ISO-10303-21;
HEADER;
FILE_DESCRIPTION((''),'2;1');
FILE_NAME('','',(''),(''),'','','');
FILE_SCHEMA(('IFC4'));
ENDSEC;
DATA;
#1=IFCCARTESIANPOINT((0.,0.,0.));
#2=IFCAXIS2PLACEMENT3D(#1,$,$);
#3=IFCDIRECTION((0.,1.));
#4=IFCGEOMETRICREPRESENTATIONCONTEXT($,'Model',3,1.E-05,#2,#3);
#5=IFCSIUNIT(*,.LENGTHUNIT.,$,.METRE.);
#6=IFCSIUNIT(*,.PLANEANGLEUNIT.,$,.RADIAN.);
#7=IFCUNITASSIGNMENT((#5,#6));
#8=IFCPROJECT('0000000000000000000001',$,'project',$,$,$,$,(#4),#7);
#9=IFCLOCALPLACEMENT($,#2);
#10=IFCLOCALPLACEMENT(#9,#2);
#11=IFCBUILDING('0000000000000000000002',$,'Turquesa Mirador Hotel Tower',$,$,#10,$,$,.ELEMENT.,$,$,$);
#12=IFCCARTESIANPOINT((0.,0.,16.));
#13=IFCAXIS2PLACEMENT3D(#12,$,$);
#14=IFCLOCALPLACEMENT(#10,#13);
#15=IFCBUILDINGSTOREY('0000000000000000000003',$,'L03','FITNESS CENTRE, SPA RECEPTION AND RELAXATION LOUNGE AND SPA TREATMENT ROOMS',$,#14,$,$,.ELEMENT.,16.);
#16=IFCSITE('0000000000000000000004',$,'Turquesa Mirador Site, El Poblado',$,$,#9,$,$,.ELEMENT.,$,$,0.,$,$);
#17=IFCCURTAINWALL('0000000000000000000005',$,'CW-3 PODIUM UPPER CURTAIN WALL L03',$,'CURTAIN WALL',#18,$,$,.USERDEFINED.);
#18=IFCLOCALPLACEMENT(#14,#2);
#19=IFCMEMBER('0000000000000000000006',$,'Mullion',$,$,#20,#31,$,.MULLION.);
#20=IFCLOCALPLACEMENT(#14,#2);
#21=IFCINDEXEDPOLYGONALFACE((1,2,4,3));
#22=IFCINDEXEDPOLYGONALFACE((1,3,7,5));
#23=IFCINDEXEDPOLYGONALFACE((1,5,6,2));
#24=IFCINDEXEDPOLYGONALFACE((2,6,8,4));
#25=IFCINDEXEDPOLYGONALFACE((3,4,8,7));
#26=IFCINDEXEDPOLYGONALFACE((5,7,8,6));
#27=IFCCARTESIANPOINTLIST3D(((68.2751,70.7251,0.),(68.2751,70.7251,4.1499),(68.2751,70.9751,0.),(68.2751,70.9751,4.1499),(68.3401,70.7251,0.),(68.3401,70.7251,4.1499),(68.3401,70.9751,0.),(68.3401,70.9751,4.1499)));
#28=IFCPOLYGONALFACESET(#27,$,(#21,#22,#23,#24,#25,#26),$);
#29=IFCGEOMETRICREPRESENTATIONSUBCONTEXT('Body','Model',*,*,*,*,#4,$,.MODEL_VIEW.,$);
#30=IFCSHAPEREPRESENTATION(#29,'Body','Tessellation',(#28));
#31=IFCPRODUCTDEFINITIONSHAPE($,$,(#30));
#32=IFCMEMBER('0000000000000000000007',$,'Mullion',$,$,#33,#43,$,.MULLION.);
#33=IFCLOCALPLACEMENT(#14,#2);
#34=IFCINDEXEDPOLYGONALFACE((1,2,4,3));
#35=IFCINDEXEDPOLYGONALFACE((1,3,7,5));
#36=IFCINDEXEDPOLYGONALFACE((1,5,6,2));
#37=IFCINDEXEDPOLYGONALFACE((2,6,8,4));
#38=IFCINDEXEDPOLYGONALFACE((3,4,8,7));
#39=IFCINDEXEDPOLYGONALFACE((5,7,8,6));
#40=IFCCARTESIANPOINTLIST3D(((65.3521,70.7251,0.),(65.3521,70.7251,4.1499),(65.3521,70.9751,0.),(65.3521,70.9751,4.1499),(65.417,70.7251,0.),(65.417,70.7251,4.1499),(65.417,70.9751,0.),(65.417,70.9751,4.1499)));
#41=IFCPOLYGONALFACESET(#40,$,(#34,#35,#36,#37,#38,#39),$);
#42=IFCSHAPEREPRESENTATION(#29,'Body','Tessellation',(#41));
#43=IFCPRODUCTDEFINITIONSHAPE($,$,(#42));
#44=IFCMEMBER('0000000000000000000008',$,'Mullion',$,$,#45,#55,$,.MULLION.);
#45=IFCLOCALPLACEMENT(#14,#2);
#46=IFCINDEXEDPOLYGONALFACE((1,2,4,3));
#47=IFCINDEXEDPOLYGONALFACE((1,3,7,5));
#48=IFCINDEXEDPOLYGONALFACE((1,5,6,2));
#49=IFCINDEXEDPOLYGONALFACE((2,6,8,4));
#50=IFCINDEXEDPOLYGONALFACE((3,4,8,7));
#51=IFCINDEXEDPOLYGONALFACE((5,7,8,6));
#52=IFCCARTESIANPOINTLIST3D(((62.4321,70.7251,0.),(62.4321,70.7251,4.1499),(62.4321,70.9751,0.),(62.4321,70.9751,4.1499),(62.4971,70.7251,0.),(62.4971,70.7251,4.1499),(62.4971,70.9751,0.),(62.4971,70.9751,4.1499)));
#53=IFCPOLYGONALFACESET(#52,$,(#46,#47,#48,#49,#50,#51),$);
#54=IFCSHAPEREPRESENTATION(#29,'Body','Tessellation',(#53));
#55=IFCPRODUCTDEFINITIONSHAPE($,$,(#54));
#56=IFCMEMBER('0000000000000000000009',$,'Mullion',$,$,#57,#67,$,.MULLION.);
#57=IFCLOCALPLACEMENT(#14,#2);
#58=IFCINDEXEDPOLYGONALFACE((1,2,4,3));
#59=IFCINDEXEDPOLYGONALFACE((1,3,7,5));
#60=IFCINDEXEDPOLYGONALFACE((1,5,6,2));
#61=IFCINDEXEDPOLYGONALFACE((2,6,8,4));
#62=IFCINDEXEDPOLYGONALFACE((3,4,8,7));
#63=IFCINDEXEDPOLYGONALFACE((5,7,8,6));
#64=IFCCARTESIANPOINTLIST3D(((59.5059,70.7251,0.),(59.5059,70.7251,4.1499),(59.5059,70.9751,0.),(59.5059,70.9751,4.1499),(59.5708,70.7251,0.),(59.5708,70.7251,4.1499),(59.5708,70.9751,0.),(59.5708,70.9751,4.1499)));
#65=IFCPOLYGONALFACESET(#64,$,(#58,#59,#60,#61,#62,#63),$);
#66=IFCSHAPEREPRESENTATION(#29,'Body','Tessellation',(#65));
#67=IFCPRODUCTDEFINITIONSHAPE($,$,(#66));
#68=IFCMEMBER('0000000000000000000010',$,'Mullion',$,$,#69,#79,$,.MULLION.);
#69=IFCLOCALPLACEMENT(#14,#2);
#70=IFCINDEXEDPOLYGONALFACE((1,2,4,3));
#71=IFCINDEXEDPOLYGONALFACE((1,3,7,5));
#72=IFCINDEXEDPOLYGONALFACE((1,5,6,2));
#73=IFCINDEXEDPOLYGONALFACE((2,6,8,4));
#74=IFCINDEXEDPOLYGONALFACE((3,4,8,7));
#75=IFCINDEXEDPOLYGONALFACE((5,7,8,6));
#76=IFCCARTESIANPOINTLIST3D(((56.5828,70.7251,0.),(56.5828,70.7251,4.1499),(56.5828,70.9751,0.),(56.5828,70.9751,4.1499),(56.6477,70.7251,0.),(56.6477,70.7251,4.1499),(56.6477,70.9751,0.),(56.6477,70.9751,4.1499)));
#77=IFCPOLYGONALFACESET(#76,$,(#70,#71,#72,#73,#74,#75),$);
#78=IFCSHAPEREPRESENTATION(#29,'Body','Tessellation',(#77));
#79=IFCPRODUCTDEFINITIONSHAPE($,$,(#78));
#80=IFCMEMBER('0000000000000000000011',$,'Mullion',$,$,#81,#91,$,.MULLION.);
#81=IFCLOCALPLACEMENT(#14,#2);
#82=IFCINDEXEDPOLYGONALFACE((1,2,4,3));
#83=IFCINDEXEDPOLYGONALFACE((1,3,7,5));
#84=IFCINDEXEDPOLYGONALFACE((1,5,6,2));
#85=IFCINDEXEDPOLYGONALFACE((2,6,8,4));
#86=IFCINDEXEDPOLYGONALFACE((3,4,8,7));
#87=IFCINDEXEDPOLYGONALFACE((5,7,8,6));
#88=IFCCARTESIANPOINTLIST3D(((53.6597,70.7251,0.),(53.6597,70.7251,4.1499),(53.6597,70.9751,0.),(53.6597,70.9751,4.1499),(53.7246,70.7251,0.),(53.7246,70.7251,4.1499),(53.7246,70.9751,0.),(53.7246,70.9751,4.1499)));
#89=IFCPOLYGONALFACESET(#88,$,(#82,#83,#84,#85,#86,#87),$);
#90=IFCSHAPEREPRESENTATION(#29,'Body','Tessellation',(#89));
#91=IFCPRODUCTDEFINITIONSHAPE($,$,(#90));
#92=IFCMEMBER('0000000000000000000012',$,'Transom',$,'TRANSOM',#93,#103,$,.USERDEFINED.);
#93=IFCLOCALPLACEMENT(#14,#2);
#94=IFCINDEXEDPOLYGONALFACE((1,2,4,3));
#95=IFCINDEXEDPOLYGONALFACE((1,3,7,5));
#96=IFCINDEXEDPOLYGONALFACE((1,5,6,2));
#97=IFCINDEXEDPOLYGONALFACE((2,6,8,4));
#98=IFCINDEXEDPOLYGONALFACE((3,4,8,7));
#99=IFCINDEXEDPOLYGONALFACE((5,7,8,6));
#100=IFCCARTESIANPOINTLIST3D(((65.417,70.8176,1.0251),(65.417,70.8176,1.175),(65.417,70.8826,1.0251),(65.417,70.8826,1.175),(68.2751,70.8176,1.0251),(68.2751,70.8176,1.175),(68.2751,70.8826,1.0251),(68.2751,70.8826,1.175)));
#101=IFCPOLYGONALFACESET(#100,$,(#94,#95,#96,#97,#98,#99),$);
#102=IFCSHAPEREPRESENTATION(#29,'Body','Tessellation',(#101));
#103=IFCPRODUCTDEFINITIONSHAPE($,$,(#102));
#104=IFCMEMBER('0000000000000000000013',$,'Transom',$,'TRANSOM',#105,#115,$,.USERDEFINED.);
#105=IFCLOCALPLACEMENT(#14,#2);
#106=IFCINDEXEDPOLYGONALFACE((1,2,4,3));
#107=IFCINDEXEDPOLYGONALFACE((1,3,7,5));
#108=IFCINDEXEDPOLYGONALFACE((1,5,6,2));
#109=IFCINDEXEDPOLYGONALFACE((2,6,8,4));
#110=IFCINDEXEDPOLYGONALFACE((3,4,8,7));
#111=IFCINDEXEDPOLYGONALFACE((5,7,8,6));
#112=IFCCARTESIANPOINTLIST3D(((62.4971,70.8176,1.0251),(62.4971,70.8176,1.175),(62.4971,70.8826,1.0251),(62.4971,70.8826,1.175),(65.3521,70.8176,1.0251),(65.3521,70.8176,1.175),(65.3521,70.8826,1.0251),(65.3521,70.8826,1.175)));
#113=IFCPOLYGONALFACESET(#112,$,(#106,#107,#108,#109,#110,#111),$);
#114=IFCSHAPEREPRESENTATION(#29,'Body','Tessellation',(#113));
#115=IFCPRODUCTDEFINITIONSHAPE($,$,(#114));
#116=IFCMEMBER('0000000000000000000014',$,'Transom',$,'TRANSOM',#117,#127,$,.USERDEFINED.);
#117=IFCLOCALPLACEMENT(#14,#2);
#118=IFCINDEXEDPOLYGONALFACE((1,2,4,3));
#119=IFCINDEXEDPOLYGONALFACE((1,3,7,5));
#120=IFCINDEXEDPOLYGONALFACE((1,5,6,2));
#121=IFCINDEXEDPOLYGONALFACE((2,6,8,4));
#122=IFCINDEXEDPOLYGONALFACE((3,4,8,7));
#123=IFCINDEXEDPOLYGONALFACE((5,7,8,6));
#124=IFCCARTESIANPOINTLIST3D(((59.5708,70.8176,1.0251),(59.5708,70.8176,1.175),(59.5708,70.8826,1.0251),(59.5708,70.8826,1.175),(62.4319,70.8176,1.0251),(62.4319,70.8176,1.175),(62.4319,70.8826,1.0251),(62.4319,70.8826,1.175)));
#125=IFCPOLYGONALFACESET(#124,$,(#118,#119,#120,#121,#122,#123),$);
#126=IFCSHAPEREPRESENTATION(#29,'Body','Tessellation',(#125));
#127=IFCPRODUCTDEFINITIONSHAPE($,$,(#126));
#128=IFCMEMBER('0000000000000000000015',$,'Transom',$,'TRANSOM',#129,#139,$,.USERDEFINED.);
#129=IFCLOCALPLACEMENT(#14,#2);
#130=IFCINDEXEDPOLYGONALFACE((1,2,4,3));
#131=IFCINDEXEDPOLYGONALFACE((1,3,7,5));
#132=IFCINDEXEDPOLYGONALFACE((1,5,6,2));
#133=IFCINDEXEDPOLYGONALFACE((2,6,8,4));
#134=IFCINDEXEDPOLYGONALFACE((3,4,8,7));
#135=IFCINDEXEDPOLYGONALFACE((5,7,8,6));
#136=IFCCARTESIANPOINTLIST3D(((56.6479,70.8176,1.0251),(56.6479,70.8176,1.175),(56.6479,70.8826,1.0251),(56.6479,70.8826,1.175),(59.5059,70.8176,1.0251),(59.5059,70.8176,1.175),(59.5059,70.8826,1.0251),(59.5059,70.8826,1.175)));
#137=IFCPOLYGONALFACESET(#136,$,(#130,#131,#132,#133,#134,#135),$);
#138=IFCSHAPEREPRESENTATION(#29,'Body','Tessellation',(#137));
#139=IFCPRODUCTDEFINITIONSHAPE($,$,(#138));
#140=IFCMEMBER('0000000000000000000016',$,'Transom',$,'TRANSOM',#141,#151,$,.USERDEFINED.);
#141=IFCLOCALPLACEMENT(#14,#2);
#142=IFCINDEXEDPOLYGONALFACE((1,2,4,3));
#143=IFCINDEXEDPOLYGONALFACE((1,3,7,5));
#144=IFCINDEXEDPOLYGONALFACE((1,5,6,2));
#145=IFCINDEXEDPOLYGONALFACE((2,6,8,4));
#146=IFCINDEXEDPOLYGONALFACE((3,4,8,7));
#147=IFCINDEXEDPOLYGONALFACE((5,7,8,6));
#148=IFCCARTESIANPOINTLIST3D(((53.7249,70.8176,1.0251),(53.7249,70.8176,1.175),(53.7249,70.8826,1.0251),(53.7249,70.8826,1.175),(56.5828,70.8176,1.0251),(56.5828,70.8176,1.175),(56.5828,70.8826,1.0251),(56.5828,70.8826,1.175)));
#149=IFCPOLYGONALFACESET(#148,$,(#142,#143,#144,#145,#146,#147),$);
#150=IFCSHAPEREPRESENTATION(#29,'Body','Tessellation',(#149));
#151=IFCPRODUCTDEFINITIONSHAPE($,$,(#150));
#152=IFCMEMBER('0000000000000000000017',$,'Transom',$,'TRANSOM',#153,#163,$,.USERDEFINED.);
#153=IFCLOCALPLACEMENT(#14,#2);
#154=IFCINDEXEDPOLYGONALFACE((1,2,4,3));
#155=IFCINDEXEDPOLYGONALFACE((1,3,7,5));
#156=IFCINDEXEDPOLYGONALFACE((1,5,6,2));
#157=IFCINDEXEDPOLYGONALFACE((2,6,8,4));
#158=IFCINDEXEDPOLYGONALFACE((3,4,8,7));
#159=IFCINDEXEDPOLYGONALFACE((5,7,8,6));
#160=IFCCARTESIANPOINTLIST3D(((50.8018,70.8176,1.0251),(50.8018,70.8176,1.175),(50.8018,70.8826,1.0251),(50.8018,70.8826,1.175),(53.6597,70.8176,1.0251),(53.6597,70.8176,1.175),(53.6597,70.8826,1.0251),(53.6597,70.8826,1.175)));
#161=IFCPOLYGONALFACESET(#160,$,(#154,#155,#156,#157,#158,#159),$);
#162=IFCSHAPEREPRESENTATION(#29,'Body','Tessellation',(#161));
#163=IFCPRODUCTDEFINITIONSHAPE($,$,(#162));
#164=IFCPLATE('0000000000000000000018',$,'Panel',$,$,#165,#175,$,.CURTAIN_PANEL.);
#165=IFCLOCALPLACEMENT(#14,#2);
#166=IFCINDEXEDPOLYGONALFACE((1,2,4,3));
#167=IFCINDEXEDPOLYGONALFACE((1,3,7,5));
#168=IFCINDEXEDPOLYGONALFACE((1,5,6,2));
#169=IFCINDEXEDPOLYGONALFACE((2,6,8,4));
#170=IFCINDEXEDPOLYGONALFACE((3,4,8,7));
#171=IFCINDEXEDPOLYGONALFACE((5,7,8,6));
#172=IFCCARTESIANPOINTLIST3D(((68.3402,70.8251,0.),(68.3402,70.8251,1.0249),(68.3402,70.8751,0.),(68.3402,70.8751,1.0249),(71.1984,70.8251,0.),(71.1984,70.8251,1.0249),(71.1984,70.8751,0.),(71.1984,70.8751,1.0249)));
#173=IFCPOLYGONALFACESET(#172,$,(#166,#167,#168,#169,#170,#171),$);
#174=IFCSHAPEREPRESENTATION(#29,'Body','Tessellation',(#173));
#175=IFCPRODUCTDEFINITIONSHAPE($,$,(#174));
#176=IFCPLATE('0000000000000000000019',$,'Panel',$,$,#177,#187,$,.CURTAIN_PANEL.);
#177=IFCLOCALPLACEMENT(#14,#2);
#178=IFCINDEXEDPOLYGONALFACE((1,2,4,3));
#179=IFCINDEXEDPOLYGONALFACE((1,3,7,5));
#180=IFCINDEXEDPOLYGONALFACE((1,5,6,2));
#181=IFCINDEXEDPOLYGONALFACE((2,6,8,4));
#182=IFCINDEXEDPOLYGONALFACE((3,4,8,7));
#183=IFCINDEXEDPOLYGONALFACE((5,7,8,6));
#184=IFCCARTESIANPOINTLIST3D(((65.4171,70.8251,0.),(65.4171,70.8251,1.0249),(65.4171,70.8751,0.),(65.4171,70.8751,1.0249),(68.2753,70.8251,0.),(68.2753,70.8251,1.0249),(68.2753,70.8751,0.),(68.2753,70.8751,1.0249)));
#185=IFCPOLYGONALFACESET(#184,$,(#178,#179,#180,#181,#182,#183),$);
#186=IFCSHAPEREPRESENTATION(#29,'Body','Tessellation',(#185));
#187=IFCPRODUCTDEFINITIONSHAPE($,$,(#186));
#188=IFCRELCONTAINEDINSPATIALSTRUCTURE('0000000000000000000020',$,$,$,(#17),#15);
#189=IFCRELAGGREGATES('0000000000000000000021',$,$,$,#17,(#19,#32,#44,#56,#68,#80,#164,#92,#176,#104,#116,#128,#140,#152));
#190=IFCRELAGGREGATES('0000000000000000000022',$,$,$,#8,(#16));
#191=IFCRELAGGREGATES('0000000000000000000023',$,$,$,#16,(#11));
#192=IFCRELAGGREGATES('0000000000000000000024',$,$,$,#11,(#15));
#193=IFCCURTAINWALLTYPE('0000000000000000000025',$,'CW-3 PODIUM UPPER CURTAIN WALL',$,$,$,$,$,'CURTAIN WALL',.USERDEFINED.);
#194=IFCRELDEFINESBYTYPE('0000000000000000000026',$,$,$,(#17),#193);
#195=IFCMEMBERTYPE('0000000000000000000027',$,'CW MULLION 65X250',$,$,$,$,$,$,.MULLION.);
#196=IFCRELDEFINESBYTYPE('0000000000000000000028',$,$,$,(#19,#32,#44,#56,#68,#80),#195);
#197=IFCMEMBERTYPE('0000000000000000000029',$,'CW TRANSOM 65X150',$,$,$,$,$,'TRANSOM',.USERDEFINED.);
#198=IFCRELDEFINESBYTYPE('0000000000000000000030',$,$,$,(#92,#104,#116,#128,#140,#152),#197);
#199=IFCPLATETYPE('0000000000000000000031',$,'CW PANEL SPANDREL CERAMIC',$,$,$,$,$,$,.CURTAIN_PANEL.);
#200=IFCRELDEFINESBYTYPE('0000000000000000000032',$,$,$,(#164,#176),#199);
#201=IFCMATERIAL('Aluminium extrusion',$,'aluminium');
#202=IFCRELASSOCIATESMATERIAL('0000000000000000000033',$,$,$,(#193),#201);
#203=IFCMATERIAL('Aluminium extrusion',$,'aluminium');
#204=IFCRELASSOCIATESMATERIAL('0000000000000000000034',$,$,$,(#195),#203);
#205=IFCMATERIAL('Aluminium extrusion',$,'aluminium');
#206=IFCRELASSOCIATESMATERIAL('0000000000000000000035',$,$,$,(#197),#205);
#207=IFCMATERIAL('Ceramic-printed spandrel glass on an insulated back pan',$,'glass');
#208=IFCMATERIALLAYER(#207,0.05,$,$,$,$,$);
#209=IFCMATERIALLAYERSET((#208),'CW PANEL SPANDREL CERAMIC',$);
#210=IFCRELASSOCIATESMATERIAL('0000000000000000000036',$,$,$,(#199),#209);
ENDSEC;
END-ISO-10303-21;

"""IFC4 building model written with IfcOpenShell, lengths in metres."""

from ifc_helpers import new_model, si_unit, direction, frame, origin, origin_2d, place, context, subcontext, project, spatial, rectangle, extrude, material, layer, layer_set, material_profile, profile_set, type_object, element, aggregate, save


model = new_model("IFC4")

# Units and contexts
model_context = context("Model", 3, precision=1e-05, world=origin(), true_north=direction((0.0, 1.0)))
body_context = subcontext(model_context, "Body", "Model", "MODEL_VIEW")
ifc_project = project(units=[si_unit("LENGTHUNIT", "METRE"), si_unit("PLANEANGLEUNIT", "RADIAN")], contexts=[model_context])

# Site, building, storey
site_placement = place(None, origin())
site = spatial("IfcSite", under=ifc_project, at=site_placement, Name="Turquesa Mirador Site, El Poblado", CompositionType="ELEMENT", RefElevation=0.0)
building_placement = place(site_placement, origin())
building = spatial("IfcBuilding", under=site, at=building_placement, Name="Turquesa Mirador Hotel Tower", CompositionType="ELEMENT")
storey_placement = place(building_placement, frame((0.0, 0.0, 16.0)))
storey = spatial("IfcBuildingStorey", under=building, at=storey_placement, Name="L03", Description="FITNESS CENTRE, SPA RECEPTION AND RELAXATION LOUNGE AND SPA TREATMENT ROOMS", CompositionType="ELEMENT", Elevation=16.0)

# Curtain wall, members, plates
ifc_material_1 = material(Name="Aluminium extrusion", Category="aluminium")
curtain_wall_type = type_object("IfcCurtainWallType", Name="CW-3 PODIUM UPPER CURTAIN WALL", ElementType="CURTAIN WALL", PredefinedType="USERDEFINED", material=ifc_material_1)
curtain_wall_placement = place(storey_placement, origin())
curtain_wall = element("IfcCurtainWall", 1, at=curtain_wall_placement, inside=storey, type_object=curtain_wall_type, Name="CW-3 PODIUM UPPER CURTAIN WALL L03", ObjectType="CURTAIN WALL", PredefinedType="USERDEFINED")
ifc_material_2 = material(Name="Aluminium extrusion", Category="aluminium")
ifc_material_profile_1 = material_profile(ifc_material_2, rectangle(XDim=0.0649, YDim=0.25, at=origin_2d()), Name="MULLION 65X250")
ifc_profile_set_1 = profile_set([ifc_material_profile_1], Name="Aluminium extrusion")
member_type_1 = type_object("IfcMemberType", Name="CW MULLION 65X250", PredefinedType="MULLION", material=ifc_profile_set_1)
member_1_placement = place(storey_placement, frame((68.3076, 70.8501, 0.0), z_axis=(0.0, 0.0, 1.0), x_axis=(-1.0, 0.0, 0.0)))
member_1 = element("IfcMember", 2, at=member_1_placement, type_object=member_type_1, Name="Mullion", PredefinedType="MULLION", context=body_context, shape_type="SweptSolid", body=[
    extrude(rectangle(XDim=0.0649, YDim=0.25, at=origin_2d()), origin(), (0.0, 0.0, 1.0), 4.1499),
])
member_2_placement = place(storey_placement, frame((65.3845, 70.8501, 0.0), z_axis=(0.0, 0.0, 1.0), x_axis=(-1.0, 0.0, 0.0)))
member_2 = element("IfcMember", 3, at=member_2_placement, type_object=member_type_1, Name="Mullion", PredefinedType="MULLION", context=body_context, shape_type="SweptSolid", body=[
    extrude(rectangle(XDim=0.0649, YDim=0.25, at=origin_2d()), origin(), (0.0, 0.0, 1.0), 4.1499),
])
member_3_placement = place(storey_placement, frame((62.4646, 70.8501, 0.0), z_axis=(0.0, 0.0, 1.0), x_axis=(-1.0, 0.0, 0.0)))
member_3 = element("IfcMember", 4, at=member_3_placement, type_object=member_type_1, Name="Mullion", PredefinedType="MULLION", context=body_context, shape_type="SweptSolid", body=[
    extrude(rectangle(XDim=0.0649, YDim=0.25, at=origin_2d()), origin(), (0.0, 0.0, 1.0), 4.1499),
])
member_4_placement = place(storey_placement, frame((59.5383, 70.8501, 0.0), z_axis=(0.0, 0.0, 1.0), x_axis=(-1.0, 0.0, 0.0)))
member_4 = element("IfcMember", 5, at=member_4_placement, type_object=member_type_1, Name="Mullion", PredefinedType="MULLION", context=body_context, shape_type="SweptSolid", body=[
    extrude(rectangle(XDim=0.0649, YDim=0.25, at=origin_2d()), origin(), (0.0, 0.0, 1.0), 4.1499),
])
member_5_placement = place(storey_placement, frame((56.6152, 70.8501, 0.0), z_axis=(0.0, 0.0, 1.0), x_axis=(-1.0, 0.0, 0.0)))
member_5 = element("IfcMember", 6, at=member_5_placement, type_object=member_type_1, Name="Mullion", PredefinedType="MULLION", context=body_context, shape_type="SweptSolid", body=[
    extrude(rectangle(XDim=0.0649, YDim=0.25, at=origin_2d()), origin(), (0.0, 0.0, 1.0), 4.1499),
])
member_6_placement = place(storey_placement, frame((53.6921, 70.8501, 0.0), z_axis=(0.0, 0.0, 1.0), x_axis=(-1.0, 0.0, 0.0)))
member_6 = element("IfcMember", 7, at=member_6_placement, type_object=member_type_1, Name="Mullion", PredefinedType="MULLION", context=body_context, shape_type="SweptSolid", body=[
    extrude(rectangle(XDim=0.0649, YDim=0.25, at=origin_2d()), origin(), (0.0, 0.0, 1.0), 4.1499),
])
ifc_material_3 = material(Name="Aluminium extrusion", Category="aluminium")
ifc_material_profile_2 = material_profile(ifc_material_3, rectangle(XDim=0.0649, YDim=0.1499, at=origin_2d()), Name="TRANSOM 65X150")
ifc_profile_set_2 = profile_set([ifc_material_profile_2], Name="Aluminium extrusion")
member_type_2 = type_object("IfcMemberType", Name="CW TRANSOM 65X150", ElementType="TRANSOM", PredefinedType="USERDEFINED", material=ifc_profile_set_2)
member_7_placement = place(storey_placement, frame((68.2751, 70.8501, 1.1001), z_axis=(-1.0, 0.0, 0.0), x_axis=(0.0, -1.0, 0.0)))
member_7 = element("IfcMember", 8, at=member_7_placement, type_object=member_type_2, Name="Transom", ObjectType="TRANSOM", PredefinedType="USERDEFINED", context=body_context, shape_type="SweptSolid", body=[
    extrude(rectangle(XDim=0.0649, YDim=0.1499, at=origin_2d()), origin(), (0.0, 0.0, 1.0), 2.8582),
])
member_8_placement = place(storey_placement, frame((65.3521, 70.8501, 1.1001), z_axis=(-1.0, 0.0, 0.0), x_axis=(0.0, -1.0, 0.0)))
member_8 = element("IfcMember", 9, at=member_8_placement, type_object=member_type_2, Name="Transom", ObjectType="TRANSOM", PredefinedType="USERDEFINED", context=body_context, shape_type="SweptSolid", body=[
    extrude(rectangle(XDim=0.0649, YDim=0.1499, at=origin_2d()), origin(), (0.0, 0.0, 1.0), 2.855),
])
member_9_placement = place(storey_placement, frame((62.4319, 70.8501, 1.1001), z_axis=(-1.0, 0.0, 0.0), x_axis=(0.0, -1.0, 0.0)))
member_9 = element("IfcMember", 10, at=member_9_placement, type_object=member_type_2, Name="Transom", ObjectType="TRANSOM", PredefinedType="USERDEFINED", context=body_context, shape_type="SweptSolid", body=[
    extrude(rectangle(XDim=0.0649, YDim=0.1499, at=origin_2d()), origin(), (0.0, 0.0, 1.0), 2.8611),
])
member_10_placement = place(storey_placement, frame((59.5059, 70.8501, 1.1001), z_axis=(-1.0, 0.0, 0.0), x_axis=(0.0, -1.0, 0.0)))
member_10 = element("IfcMember", 11, at=member_10_placement, type_object=member_type_2, Name="Transom", ObjectType="TRANSOM", PredefinedType="USERDEFINED", context=body_context, shape_type="SweptSolid", body=[
    extrude(rectangle(XDim=0.0649, YDim=0.1499, at=origin_2d()), origin(), (0.0, 0.0, 1.0), 2.8579),
])
member_11_placement = place(storey_placement, frame((56.5828, 70.8501, 1.1001), z_axis=(-1.0, 0.0, 0.0), x_axis=(0.0, -1.0, 0.0)))
member_11 = element("IfcMember", 12, at=member_11_placement, type_object=member_type_2, Name="Transom", ObjectType="TRANSOM", PredefinedType="USERDEFINED", context=body_context, shape_type="SweptSolid", body=[
    extrude(rectangle(XDim=0.0649, YDim=0.1499, at=origin_2d()), origin(), (0.0, 0.0, 1.0), 2.8579),
])
member_12_placement = place(storey_placement, frame((53.6597, 70.8501, 1.1001), z_axis=(-1.0, 0.0, 0.0), x_axis=(0.0, -1.0, 0.0)))
member_12 = element("IfcMember", 13, at=member_12_placement, type_object=member_type_2, Name="Transom", ObjectType="TRANSOM", PredefinedType="USERDEFINED", context=body_context, shape_type="SweptSolid", body=[
    extrude(rectangle(XDim=0.0649, YDim=0.1499, at=origin_2d()), origin(), (0.0, 0.0, 1.0), 2.8579),
])
ifc_material_4 = material(Name="Ceramic-printed spandrel glass on an insulated back pan", Category="glass")
ifc_layer_1 = layer(ifc_material_4, 0.05)
ifc_layer_set_1 = layer_set([ifc_layer_1], Name="CW PANEL SPANDREL CERAMIC")
plate_type_1 = type_object("IfcPlateType", Name="CW PANEL SPANDREL CERAMIC", PredefinedType="CURTAIN_PANEL", material=ifc_layer_set_1)
plate_1_placement = place(storey_placement, frame((69.7693, 70.8501, 0.0), z_axis=(0.0, 0.0, 1.0), x_axis=(-1.0, 0.0, 0.0)))
plate_1 = element("IfcPlate", 14, at=plate_1_placement, type_object=plate_type_1, Name="Panel", PredefinedType="CURTAIN_PANEL", context=body_context, shape_type="SweptSolid", body=[
    extrude(rectangle(XDim=2.8582, YDim=0.05, at=origin_2d()), origin(), (0.0, 0.0, 1.0), 1.0249),
])
plate_2_placement = place(storey_placement, frame((66.8462, 70.8501, 0.0), z_axis=(0.0, 0.0, 1.0), x_axis=(-1.0, 0.0, 0.0)))
plate_2 = element("IfcPlate", 15, at=plate_2_placement, type_object=plate_type_1, Name="Panel", PredefinedType="CURTAIN_PANEL", context=body_context, shape_type="SweptSolid", body=[
    extrude(rectangle(XDim=2.8582, YDim=0.05, at=origin_2d()), origin(), (0.0, 0.0, 1.0), 1.0249),
])
aggregate(curtain_wall, [member_1, member_2, member_3, member_4, member_5, member_6, plate_1, member_7, plate_2, member_8, member_9, member_10, member_11, member_12])

save(model, "model.ifc")
